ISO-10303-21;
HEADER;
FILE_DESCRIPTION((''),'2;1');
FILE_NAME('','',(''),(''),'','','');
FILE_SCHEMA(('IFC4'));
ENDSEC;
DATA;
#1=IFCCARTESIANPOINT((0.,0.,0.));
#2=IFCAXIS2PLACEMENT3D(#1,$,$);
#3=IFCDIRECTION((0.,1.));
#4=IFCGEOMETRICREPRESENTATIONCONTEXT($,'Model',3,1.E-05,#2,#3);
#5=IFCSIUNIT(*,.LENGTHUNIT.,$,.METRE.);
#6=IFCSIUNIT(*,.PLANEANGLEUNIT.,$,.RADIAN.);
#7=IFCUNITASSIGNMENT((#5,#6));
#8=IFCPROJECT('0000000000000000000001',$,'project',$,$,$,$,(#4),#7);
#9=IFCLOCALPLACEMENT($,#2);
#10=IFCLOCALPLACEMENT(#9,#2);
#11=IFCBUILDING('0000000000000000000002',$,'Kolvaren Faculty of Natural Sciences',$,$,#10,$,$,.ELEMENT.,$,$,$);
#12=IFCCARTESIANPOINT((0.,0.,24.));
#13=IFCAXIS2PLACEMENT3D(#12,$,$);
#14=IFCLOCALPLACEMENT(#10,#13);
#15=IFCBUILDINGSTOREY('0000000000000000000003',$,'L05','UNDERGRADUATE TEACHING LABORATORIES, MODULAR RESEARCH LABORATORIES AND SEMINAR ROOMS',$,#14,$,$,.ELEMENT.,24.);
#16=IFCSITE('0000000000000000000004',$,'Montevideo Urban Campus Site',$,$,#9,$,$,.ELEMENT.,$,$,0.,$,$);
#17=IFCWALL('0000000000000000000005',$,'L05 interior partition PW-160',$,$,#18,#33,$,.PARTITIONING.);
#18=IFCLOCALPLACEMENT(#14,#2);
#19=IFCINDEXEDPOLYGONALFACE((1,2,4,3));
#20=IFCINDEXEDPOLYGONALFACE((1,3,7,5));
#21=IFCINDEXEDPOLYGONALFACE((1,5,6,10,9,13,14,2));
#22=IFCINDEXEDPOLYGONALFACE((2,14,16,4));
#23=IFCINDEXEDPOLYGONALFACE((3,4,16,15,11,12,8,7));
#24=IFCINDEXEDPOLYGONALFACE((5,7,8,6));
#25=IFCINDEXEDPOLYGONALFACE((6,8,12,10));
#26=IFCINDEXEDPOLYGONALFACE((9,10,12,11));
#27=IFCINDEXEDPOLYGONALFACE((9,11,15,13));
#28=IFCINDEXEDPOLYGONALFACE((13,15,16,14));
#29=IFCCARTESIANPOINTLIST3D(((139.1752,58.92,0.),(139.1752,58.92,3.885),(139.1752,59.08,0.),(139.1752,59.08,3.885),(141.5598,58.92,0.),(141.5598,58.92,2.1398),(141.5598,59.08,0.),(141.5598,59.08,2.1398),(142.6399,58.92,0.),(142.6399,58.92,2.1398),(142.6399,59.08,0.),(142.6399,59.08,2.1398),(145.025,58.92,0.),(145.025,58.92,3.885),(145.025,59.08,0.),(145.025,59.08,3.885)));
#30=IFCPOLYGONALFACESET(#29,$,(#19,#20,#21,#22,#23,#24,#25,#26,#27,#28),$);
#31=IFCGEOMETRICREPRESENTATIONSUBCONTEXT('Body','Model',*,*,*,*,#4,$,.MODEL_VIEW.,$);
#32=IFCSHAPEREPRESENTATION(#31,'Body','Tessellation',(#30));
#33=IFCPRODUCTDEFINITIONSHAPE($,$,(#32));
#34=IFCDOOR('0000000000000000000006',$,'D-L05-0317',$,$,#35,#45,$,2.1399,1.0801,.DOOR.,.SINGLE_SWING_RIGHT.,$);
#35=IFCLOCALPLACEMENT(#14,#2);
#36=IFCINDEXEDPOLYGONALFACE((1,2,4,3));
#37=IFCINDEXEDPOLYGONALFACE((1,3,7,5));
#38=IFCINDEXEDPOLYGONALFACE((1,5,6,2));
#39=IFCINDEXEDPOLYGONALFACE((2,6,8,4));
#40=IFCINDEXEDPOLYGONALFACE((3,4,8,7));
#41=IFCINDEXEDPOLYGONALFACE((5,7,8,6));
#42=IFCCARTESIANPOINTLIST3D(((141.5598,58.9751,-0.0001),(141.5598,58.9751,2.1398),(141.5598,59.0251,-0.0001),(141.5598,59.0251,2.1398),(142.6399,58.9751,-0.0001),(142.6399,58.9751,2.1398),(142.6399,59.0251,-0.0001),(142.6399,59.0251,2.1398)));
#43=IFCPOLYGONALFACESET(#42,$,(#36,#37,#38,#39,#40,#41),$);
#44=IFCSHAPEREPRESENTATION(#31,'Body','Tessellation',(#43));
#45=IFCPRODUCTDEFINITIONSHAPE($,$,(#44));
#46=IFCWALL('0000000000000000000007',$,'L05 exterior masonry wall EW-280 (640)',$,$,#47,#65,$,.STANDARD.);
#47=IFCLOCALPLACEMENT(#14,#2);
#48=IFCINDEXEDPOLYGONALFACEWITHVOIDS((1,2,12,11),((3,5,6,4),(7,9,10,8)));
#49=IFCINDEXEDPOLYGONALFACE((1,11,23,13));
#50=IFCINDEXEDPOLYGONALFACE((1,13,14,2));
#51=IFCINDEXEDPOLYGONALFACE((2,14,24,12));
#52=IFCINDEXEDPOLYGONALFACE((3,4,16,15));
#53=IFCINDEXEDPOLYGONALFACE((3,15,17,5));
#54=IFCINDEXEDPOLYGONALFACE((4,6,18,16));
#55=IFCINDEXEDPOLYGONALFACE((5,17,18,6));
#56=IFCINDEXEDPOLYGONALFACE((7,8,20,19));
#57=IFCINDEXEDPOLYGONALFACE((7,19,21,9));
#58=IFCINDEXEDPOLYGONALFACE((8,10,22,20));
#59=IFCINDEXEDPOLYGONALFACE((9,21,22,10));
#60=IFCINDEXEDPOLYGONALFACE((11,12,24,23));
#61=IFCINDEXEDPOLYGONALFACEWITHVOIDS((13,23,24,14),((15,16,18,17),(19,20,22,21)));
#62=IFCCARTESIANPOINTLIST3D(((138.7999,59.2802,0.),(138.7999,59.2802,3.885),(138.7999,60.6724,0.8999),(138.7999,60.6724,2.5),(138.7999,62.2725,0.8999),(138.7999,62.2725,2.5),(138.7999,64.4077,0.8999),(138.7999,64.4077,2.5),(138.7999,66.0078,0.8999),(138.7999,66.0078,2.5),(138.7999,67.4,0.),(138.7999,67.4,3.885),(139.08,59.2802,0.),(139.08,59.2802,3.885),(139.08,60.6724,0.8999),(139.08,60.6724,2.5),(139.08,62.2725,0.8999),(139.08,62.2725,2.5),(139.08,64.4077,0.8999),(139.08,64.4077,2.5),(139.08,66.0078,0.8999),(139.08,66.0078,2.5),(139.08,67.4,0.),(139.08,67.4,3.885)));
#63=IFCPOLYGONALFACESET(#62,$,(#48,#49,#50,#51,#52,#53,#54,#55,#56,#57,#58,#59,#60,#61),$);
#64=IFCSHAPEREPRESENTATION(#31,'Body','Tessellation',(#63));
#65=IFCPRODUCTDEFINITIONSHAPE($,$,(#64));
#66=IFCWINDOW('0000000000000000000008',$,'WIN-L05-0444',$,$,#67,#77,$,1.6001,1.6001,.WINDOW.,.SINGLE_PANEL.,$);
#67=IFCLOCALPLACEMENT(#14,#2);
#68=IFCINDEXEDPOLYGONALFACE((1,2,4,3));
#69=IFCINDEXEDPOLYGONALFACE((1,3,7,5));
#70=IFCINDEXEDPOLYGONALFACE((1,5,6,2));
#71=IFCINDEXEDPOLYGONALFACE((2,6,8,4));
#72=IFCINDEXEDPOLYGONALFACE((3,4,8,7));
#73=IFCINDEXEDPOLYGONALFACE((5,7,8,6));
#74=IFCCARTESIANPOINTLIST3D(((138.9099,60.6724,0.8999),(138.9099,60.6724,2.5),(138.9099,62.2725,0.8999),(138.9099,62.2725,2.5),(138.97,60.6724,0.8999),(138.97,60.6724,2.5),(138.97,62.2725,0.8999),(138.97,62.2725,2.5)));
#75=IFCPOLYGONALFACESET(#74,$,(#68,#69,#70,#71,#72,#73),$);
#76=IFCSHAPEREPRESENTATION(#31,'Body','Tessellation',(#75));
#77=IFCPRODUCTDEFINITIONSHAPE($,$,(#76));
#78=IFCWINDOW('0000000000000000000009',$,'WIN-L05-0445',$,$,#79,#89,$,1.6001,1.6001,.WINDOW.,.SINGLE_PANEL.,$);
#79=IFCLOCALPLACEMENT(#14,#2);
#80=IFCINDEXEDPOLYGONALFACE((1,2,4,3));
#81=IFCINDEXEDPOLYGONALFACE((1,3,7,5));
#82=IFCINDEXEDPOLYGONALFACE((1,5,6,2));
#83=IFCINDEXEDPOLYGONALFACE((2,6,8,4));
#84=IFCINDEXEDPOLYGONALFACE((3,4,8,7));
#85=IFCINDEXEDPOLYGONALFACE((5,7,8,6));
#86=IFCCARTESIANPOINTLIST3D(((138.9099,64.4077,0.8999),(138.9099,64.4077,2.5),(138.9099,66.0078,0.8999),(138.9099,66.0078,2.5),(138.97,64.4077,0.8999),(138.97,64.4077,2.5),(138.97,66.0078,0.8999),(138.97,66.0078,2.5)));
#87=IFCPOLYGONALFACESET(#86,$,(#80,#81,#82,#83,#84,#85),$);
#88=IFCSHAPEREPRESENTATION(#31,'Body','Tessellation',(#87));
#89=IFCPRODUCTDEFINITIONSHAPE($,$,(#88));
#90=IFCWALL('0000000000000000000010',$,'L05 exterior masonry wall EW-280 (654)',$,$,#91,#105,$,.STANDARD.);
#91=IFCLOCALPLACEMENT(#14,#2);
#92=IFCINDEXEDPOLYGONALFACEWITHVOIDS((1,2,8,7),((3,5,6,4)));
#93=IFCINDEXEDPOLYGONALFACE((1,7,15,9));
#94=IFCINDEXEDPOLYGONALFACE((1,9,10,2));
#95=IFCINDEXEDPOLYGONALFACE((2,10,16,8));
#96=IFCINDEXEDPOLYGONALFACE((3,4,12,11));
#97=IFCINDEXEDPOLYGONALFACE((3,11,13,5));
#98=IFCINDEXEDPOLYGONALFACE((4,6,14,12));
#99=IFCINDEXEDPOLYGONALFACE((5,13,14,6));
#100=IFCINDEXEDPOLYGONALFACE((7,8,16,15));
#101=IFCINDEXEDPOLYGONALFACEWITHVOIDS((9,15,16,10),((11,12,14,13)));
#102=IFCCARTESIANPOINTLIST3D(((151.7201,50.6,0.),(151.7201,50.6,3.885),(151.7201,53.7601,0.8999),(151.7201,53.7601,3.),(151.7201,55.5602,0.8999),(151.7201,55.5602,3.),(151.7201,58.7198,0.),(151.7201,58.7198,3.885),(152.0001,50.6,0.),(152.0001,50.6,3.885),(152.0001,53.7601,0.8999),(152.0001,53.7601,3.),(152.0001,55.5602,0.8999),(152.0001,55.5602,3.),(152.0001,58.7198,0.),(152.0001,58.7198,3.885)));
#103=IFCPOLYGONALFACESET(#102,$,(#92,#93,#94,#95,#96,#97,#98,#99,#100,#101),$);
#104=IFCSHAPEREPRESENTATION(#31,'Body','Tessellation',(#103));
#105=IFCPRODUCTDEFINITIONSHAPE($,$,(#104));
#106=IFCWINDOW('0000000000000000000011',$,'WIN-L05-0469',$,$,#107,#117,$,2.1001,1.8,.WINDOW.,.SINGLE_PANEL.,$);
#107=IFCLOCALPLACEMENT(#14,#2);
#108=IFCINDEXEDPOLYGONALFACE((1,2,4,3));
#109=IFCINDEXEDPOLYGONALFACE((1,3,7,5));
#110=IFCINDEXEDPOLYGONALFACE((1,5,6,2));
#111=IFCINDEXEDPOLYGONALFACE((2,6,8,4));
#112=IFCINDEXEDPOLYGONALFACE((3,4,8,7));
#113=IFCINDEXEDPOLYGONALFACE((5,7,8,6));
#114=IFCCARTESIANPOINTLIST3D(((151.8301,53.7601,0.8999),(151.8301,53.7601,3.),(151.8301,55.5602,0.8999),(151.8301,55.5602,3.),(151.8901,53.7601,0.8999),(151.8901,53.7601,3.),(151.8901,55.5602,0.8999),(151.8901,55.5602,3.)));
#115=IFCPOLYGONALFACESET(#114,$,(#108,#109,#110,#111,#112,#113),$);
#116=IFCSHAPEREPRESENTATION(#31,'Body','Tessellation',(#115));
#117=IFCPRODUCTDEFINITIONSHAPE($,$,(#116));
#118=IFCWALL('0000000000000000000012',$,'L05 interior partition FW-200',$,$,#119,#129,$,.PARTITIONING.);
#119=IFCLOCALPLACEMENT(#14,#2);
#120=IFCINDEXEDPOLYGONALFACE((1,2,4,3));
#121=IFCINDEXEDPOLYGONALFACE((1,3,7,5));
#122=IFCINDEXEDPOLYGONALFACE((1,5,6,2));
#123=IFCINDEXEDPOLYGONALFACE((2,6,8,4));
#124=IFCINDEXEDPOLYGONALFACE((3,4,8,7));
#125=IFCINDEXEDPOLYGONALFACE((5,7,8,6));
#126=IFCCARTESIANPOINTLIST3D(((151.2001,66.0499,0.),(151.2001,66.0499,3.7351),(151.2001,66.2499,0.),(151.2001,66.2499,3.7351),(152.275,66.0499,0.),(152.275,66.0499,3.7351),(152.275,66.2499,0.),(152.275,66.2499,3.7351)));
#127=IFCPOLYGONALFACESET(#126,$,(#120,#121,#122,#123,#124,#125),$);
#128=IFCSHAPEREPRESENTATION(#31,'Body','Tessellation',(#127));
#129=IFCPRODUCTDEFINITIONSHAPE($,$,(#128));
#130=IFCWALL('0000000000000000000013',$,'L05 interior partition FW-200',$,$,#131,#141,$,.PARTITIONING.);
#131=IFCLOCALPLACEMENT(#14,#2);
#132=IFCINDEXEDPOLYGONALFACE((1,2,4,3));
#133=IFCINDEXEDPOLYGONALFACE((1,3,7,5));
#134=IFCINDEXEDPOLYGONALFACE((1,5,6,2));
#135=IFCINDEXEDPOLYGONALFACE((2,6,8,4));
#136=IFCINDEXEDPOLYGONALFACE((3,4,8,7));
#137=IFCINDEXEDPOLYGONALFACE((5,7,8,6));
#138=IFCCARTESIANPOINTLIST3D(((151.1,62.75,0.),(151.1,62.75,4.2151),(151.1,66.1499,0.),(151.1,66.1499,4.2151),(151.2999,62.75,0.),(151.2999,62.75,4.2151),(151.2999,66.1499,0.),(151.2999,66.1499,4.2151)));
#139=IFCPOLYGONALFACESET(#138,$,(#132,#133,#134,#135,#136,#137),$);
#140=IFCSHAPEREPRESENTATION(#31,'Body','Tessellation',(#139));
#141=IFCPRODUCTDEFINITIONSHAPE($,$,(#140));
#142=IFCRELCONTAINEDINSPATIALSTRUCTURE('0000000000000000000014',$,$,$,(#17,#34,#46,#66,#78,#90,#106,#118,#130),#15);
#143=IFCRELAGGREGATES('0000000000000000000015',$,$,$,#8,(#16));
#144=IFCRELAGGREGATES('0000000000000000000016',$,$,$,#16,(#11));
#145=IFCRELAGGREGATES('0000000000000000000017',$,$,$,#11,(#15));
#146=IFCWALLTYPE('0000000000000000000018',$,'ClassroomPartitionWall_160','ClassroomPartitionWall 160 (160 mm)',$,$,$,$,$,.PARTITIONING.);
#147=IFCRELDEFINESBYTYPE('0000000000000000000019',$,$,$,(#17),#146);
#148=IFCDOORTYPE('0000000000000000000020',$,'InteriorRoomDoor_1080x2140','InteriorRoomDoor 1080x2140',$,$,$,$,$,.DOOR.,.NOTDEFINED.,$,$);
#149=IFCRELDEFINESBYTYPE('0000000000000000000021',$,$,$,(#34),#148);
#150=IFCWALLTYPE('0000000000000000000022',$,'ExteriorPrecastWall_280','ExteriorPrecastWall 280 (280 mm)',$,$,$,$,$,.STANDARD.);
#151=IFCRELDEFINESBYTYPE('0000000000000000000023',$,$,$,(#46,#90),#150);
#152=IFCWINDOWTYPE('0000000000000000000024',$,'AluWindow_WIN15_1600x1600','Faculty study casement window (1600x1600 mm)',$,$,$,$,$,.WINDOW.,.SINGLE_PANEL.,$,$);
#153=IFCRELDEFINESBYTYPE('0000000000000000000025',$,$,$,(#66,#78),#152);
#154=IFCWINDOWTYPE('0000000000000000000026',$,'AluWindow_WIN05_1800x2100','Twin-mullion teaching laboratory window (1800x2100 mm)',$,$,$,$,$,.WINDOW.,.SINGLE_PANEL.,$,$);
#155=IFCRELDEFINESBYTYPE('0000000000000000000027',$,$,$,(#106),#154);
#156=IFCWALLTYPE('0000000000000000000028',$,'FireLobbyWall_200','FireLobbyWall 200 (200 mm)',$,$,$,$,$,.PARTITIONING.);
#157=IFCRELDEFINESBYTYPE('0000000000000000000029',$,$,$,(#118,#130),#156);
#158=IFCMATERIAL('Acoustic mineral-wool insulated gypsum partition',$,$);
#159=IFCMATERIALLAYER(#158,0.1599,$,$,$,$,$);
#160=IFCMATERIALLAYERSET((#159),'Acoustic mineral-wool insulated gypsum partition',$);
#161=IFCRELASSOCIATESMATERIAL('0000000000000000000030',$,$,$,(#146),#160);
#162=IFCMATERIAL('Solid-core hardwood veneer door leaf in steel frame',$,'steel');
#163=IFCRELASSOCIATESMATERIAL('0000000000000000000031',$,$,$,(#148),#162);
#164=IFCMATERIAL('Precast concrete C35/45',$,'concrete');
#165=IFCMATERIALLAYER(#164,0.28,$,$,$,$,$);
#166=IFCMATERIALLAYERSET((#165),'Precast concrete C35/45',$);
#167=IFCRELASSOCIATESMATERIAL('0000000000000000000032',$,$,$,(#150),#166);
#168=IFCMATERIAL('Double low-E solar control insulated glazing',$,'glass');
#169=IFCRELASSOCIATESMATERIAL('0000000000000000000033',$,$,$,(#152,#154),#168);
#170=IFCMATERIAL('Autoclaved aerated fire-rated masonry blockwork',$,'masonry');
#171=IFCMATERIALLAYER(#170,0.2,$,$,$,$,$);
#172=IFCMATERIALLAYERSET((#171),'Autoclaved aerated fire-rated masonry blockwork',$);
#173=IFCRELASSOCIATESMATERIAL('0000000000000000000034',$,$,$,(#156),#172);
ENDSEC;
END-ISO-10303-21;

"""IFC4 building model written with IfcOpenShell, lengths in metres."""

from ifc_helpers import new_model, si_unit, direction, frame, frame_2d, origin, place, context, subcontext, project, spatial, rectangle, extrude, material, layer, layer_set, type_object, element, fill, save


model = new_model("IFC4")

# Units and contexts
model_context = context("Model", 3, precision=1e-05, world=origin(), true_north=direction((0.0, 1.0)))
body_context = subcontext(model_context, "Body", "Model", "MODEL_VIEW")
ifc_project = project(units=[si_unit("LENGTHUNIT", "METRE"), si_unit("PLANEANGLEUNIT", "RADIAN")], contexts=[model_context])

# Site, building, storey
site_placement = place(None, origin())
site = spatial("IfcSite", under=ifc_project, at=site_placement, Name="Montevideo Urban Campus Site", CompositionType="ELEMENT", RefElevation=0.0)
building_placement = place(site_placement, origin())
building = spatial("IfcBuilding", under=site, at=building_placement, Name="Kolvaren Faculty of Natural Sciences", CompositionType="ELEMENT")
storey_placement = place(building_placement, frame((0.0, 0.0, 24.0)))
storey = spatial("IfcBuildingStorey", under=building, at=storey_placement, Name="L05", Description="UNDERGRADUATE TEACHING LABORATORIES, MODULAR RESEARCH LABORATORIES AND SEMINAR ROOMS", CompositionType="ELEMENT", Elevation=24.0)

# Shared definitions
ifc_material_1 = material(Name="Acoustic mineral-wool insulated gypsum partition")
ifc_layer_1 = layer(ifc_material_1, 0.1599)
ifc_layer_set_1 = layer_set([ifc_layer_1], Name="Acoustic mineral-wool insulated gypsum partition")
wall_type_1 = type_object("IfcWallType", Name="ClassroomPartitionWall_160", Description="ClassroomPartitionWall 160 (160 mm)", PredefinedType="PARTITIONING", material=ifc_layer_set_1)
ifc_material_2 = material(Name="Solid-core hardwood veneer door leaf in steel frame", Category="steel")
door_type_1 = type_object("IfcDoorType", Name="InteriorRoomDoor_1080x2140", Description="InteriorRoomDoor 1080x2140", OperationType="NOTDEFINED", PredefinedType="DOOR", material=ifc_material_2)

# Wall, opening, door
wall_1_placement = place(storey_placement, frame((145.0249, 59.0, 0.0), z_axis=(0.0, 0.0, 1.0), x_axis=(-1.0, 0.0, 0.0)))
wall_1 = element("IfcWall", 1, at=wall_1_placement, inside=storey, type_object=wall_type_1, Name="L05 interior partition PW-160", PredefinedType="PARTITIONING", context=body_context, shape_type="SweptSolid", body=[
    extrude(rectangle(XDim=5.8499, YDim=0.1599, at=frame_2d((2.9248, 0.0))), origin(), (0.0, 0.0, 1.0), 3.885),
])
opening_1_placement = place(wall_1_placement, frame((2.385, 0.0, 0.0)))
opening_1 = element("IfcOpeningElement", 2, at=opening_1_placement, cuts=wall_1, PredefinedType="OPENING", context=body_context, shape_type="SweptSolid", body=[
    extrude(rectangle(XDim=1.0801, YDim=2.1399, at=frame_2d((0.54, 1.0698))), frame((0.0, 0.0898, 0.0), z_axis=(0.0, -1.0, 0.0), x_axis=(1.0, 0.0, 0.0)), (0.0, 0.0, 1.0), 0.1799),
])
door_1_placement = place(opening_1_placement, origin())
door_1 = element("IfcDoor", 3, at=door_1_placement, inside=storey, type_object=door_type_1, Name="D-L05-0317", OperationType="SINGLE_SWING_RIGHT", OverallHeight=2.1399, OverallWidth=1.0801, PredefinedType="DOOR", context=body_context, shape_type="SweptSolid", body=[
    extrude(rectangle(XDim=1.0801, YDim=2.1399, at=frame_2d((0.54, 1.0698))), frame((0.0, 0.0249, 0.0), z_axis=(0.0, -1.0, 0.0), x_axis=(1.0, 0.0, 0.0)), (0.0, 0.0, 1.0), 0.05),
])
fill(opening_1, door_1)

# Wall, openings, windows
ifc_material_3 = material(Name="Precast concrete C35/45", Category="concrete")
ifc_layer_2 = layer(ifc_material_3, 0.28)
ifc_layer_set_2 = layer_set([ifc_layer_2], Name="Precast concrete C35/45")
wall_type_2 = type_object("IfcWallType", Name="ExteriorPrecastWall_280", Description="ExteriorPrecastWall 280 (280 mm)", PredefinedType="STANDARD", material=ifc_layer_set_2)
wall_2_placement = place(storey_placement, frame((138.9399, 59.28, 0.0), z_axis=(0.0, 0.0, 1.0), x_axis=(0.0, 1.0, 0.0)))
wall_2 = element("IfcWall", 4, at=wall_2_placement, inside=storey, type_object=wall_type_2, Name="L05 exterior masonry wall EW-280 (640)", PredefinedType="STANDARD", context=body_context, shape_type="SweptSolid", body=[
    extrude(rectangle(XDim=8.1199, YDim=0.28, at=frame_2d((4.0601, 0.0))), origin(), (0.0, 0.0, 1.0), 3.885),
])
opening_2_placement = place(wall_2_placement, frame((1.3923, 0.0, 0.8999)))
opening_2 = element("IfcOpeningElement", 5, at=opening_2_placement, cuts=wall_2, PredefinedType="OPENING", context=body_context, shape_type="SweptSolid", body=[
    extrude(rectangle(XDim=1.6001, YDim=1.6001, at=frame_2d((0.8, 0.8))), frame((0.0, 0.1499, 0.0), z_axis=(0.0, -1.0, 0.0), x_axis=(1.0, 0.0, 0.0)), (0.0, 0.0, 1.0), 0.3),
])
opening_3_placement = place(wall_2_placement, frame((5.1277, 0.0, 0.8999)))
opening_3 = element("IfcOpeningElement", 6, at=opening_3_placement, cuts=wall_2, PredefinedType="OPENING", context=body_context, shape_type="SweptSolid", body=[
    extrude(rectangle(XDim=1.6001, YDim=1.6001, at=frame_2d((0.8, 0.8))), frame((0.0, 0.1499, 0.0), z_axis=(0.0, -1.0, 0.0), x_axis=(1.0, 0.0, 0.0)), (0.0, 0.0, 1.0), 0.3),
])
ifc_material_4 = material(Name="Double low-E solar control insulated glazing", Category="glass")
window_type_1 = type_object("IfcWindowType", Name="AluWindow_WIN15_1600x1600", Description="Faculty study casement window (1600x1600 mm)", PartitioningType="SINGLE_PANEL", PredefinedType="WINDOW", material=ifc_material_4)
window_1_placement = place(opening_2_placement, origin())
window_1 = element("IfcWindow", 7, at=window_1_placement, inside=storey, type_object=window_type_1, Name="WIN-L05-0444", OverallHeight=1.6001, OverallWidth=1.6001, PartitioningType="SINGLE_PANEL", PredefinedType="WINDOW", context=body_context, shape_type="SweptSolid", body=[
    extrude(rectangle(XDim=1.6001, YDim=1.6001, at=frame_2d((0.8, 0.8))), frame((0.0, 0.03, 0.0), z_axis=(0.0, -1.0, 0.0), x_axis=(1.0, 0.0, 0.0)), (0.0, 0.0, 1.0), 0.0601),
])
fill(opening_2, window_1)
window_2_placement = place(opening_3_placement, origin())
window_2 = element("IfcWindow", 8, at=window_2_placement, inside=storey, type_object=window_type_1, Name="WIN-L05-0445", OverallHeight=1.6001, OverallWidth=1.6001, PartitioningType="SINGLE_PANEL", PredefinedType="WINDOW", context=body_context, shape_type="SweptSolid", body=[
    extrude(rectangle(XDim=1.6001, YDim=1.6001, at=frame_2d((0.8, 0.8))), frame((0.0, 0.03, 0.0), z_axis=(0.0, -1.0, 0.0), x_axis=(1.0, 0.0, 0.0)), (0.0, 0.0, 1.0), 0.0601),
])
fill(opening_3, window_2)

# Wall, opening, window
wall_3_placement = place(storey_placement, frame((151.8601, 58.72, 0.0), z_axis=(0.0, 0.0, 1.0), x_axis=(0.0, -1.0, 0.0)))
wall_3 = element("IfcWall", 9, at=wall_3_placement, inside=storey, type_object=wall_type_2, Name="L05 exterior masonry wall EW-280 (654)", PredefinedType="STANDARD", context=body_context, shape_type="SweptSolid", body=[
    extrude(rectangle(XDim=8.1199, YDim=0.28, at=frame_2d((4.0601, 0.0))), origin(), (0.0, 0.0, 1.0), 3.885),
])
opening_4_placement = place(wall_3_placement, frame((3.1599, 0.0, 0.8999)))
opening_4 = element("IfcOpeningElement", 10, at=opening_4_placement, cuts=wall_3, PredefinedType="OPENING", context=body_context, shape_type="SweptSolid", body=[
    extrude(rectangle(XDim=1.8, YDim=2.1001, at=frame_2d((0.8999, 1.05))), frame((0.0, 0.1499, 0.0), z_axis=(0.0, -1.0, 0.0), x_axis=(1.0, 0.0, 0.0)), (0.0, 0.0, 1.0), 0.3),
])
window_type_2 = type_object("IfcWindowType", Name="AluWindow_WIN05_1800x2100", Description="Twin-mullion teaching laboratory window (1800x2100 mm)", PartitioningType="SINGLE_PANEL", PredefinedType="WINDOW", material=ifc_material_4)
window_3_placement = place(opening_4_placement, origin())
window_3 = element("IfcWindow", 11, at=window_3_placement, inside=storey, type_object=window_type_2, Name="WIN-L05-0469", OverallHeight=2.1001, OverallWidth=1.8, PartitioningType="SINGLE_PANEL", PredefinedType="WINDOW", context=body_context, shape_type="SweptSolid", body=[
    extrude(rectangle(XDim=1.8, YDim=2.1001, at=frame_2d((0.8999, 1.05))), frame((0.0, 0.03, 0.0), z_axis=(0.0, -1.0, 0.0), x_axis=(1.0, 0.0, 0.0)), (0.0, 0.0, 1.0), 0.0601),
])
fill(opening_4, window_3)

# Walls
ifc_material_5 = material(Name="Autoclaved aerated fire-rated masonry blockwork", Category="masonry")
ifc_layer_3 = layer(ifc_material_5, 0.2)
ifc_layer_set_3 = layer_set([ifc_layer_3], Name="Autoclaved aerated fire-rated masonry blockwork")
wall_type_3 = type_object("IfcWallType", Name="FireLobbyWall_200", Description="FireLobbyWall 200 (200 mm)", PredefinedType="PARTITIONING", material=ifc_layer_set_3)
wall_4_placement = place(storey_placement, frame((151.2, 66.1499, 0.0), z_axis=(0.0, 0.0, 1.0), x_axis=(1.0, 0.0, 0.0)))
element("IfcWall", 12, at=wall_4_placement, inside=storey, type_object=wall_type_3, Name="L05 interior partition FW-200", PredefinedType="PARTITIONING", context=body_context, shape_type="SweptSolid", body=[
    extrude(rectangle(XDim=1.075, YDim=0.2, at=frame_2d((0.5376, 0.0))), origin(), (0.0, 0.0, 1.0), 3.7351),
])
wall_5_placement = place(storey_placement, frame((151.2, 62.75, 0.0), z_axis=(0.0, 0.0, 1.0), x_axis=(0.0, 1.0, 0.0)))
element("IfcWall", 13, at=wall_5_placement, inside=storey, type_object=wall_type_3, Name="L05 interior partition FW-200", PredefinedType="PARTITIONING", context=body_context, shape_type="SweptSolid", body=[
    extrude(rectangle(XDim=3.3999, YDim=0.2, at=frame_2d((1.7, 0.0))), origin(), (0.0, 0.0, 1.0), 4.2151),
])

save(model, "model.ifc")
